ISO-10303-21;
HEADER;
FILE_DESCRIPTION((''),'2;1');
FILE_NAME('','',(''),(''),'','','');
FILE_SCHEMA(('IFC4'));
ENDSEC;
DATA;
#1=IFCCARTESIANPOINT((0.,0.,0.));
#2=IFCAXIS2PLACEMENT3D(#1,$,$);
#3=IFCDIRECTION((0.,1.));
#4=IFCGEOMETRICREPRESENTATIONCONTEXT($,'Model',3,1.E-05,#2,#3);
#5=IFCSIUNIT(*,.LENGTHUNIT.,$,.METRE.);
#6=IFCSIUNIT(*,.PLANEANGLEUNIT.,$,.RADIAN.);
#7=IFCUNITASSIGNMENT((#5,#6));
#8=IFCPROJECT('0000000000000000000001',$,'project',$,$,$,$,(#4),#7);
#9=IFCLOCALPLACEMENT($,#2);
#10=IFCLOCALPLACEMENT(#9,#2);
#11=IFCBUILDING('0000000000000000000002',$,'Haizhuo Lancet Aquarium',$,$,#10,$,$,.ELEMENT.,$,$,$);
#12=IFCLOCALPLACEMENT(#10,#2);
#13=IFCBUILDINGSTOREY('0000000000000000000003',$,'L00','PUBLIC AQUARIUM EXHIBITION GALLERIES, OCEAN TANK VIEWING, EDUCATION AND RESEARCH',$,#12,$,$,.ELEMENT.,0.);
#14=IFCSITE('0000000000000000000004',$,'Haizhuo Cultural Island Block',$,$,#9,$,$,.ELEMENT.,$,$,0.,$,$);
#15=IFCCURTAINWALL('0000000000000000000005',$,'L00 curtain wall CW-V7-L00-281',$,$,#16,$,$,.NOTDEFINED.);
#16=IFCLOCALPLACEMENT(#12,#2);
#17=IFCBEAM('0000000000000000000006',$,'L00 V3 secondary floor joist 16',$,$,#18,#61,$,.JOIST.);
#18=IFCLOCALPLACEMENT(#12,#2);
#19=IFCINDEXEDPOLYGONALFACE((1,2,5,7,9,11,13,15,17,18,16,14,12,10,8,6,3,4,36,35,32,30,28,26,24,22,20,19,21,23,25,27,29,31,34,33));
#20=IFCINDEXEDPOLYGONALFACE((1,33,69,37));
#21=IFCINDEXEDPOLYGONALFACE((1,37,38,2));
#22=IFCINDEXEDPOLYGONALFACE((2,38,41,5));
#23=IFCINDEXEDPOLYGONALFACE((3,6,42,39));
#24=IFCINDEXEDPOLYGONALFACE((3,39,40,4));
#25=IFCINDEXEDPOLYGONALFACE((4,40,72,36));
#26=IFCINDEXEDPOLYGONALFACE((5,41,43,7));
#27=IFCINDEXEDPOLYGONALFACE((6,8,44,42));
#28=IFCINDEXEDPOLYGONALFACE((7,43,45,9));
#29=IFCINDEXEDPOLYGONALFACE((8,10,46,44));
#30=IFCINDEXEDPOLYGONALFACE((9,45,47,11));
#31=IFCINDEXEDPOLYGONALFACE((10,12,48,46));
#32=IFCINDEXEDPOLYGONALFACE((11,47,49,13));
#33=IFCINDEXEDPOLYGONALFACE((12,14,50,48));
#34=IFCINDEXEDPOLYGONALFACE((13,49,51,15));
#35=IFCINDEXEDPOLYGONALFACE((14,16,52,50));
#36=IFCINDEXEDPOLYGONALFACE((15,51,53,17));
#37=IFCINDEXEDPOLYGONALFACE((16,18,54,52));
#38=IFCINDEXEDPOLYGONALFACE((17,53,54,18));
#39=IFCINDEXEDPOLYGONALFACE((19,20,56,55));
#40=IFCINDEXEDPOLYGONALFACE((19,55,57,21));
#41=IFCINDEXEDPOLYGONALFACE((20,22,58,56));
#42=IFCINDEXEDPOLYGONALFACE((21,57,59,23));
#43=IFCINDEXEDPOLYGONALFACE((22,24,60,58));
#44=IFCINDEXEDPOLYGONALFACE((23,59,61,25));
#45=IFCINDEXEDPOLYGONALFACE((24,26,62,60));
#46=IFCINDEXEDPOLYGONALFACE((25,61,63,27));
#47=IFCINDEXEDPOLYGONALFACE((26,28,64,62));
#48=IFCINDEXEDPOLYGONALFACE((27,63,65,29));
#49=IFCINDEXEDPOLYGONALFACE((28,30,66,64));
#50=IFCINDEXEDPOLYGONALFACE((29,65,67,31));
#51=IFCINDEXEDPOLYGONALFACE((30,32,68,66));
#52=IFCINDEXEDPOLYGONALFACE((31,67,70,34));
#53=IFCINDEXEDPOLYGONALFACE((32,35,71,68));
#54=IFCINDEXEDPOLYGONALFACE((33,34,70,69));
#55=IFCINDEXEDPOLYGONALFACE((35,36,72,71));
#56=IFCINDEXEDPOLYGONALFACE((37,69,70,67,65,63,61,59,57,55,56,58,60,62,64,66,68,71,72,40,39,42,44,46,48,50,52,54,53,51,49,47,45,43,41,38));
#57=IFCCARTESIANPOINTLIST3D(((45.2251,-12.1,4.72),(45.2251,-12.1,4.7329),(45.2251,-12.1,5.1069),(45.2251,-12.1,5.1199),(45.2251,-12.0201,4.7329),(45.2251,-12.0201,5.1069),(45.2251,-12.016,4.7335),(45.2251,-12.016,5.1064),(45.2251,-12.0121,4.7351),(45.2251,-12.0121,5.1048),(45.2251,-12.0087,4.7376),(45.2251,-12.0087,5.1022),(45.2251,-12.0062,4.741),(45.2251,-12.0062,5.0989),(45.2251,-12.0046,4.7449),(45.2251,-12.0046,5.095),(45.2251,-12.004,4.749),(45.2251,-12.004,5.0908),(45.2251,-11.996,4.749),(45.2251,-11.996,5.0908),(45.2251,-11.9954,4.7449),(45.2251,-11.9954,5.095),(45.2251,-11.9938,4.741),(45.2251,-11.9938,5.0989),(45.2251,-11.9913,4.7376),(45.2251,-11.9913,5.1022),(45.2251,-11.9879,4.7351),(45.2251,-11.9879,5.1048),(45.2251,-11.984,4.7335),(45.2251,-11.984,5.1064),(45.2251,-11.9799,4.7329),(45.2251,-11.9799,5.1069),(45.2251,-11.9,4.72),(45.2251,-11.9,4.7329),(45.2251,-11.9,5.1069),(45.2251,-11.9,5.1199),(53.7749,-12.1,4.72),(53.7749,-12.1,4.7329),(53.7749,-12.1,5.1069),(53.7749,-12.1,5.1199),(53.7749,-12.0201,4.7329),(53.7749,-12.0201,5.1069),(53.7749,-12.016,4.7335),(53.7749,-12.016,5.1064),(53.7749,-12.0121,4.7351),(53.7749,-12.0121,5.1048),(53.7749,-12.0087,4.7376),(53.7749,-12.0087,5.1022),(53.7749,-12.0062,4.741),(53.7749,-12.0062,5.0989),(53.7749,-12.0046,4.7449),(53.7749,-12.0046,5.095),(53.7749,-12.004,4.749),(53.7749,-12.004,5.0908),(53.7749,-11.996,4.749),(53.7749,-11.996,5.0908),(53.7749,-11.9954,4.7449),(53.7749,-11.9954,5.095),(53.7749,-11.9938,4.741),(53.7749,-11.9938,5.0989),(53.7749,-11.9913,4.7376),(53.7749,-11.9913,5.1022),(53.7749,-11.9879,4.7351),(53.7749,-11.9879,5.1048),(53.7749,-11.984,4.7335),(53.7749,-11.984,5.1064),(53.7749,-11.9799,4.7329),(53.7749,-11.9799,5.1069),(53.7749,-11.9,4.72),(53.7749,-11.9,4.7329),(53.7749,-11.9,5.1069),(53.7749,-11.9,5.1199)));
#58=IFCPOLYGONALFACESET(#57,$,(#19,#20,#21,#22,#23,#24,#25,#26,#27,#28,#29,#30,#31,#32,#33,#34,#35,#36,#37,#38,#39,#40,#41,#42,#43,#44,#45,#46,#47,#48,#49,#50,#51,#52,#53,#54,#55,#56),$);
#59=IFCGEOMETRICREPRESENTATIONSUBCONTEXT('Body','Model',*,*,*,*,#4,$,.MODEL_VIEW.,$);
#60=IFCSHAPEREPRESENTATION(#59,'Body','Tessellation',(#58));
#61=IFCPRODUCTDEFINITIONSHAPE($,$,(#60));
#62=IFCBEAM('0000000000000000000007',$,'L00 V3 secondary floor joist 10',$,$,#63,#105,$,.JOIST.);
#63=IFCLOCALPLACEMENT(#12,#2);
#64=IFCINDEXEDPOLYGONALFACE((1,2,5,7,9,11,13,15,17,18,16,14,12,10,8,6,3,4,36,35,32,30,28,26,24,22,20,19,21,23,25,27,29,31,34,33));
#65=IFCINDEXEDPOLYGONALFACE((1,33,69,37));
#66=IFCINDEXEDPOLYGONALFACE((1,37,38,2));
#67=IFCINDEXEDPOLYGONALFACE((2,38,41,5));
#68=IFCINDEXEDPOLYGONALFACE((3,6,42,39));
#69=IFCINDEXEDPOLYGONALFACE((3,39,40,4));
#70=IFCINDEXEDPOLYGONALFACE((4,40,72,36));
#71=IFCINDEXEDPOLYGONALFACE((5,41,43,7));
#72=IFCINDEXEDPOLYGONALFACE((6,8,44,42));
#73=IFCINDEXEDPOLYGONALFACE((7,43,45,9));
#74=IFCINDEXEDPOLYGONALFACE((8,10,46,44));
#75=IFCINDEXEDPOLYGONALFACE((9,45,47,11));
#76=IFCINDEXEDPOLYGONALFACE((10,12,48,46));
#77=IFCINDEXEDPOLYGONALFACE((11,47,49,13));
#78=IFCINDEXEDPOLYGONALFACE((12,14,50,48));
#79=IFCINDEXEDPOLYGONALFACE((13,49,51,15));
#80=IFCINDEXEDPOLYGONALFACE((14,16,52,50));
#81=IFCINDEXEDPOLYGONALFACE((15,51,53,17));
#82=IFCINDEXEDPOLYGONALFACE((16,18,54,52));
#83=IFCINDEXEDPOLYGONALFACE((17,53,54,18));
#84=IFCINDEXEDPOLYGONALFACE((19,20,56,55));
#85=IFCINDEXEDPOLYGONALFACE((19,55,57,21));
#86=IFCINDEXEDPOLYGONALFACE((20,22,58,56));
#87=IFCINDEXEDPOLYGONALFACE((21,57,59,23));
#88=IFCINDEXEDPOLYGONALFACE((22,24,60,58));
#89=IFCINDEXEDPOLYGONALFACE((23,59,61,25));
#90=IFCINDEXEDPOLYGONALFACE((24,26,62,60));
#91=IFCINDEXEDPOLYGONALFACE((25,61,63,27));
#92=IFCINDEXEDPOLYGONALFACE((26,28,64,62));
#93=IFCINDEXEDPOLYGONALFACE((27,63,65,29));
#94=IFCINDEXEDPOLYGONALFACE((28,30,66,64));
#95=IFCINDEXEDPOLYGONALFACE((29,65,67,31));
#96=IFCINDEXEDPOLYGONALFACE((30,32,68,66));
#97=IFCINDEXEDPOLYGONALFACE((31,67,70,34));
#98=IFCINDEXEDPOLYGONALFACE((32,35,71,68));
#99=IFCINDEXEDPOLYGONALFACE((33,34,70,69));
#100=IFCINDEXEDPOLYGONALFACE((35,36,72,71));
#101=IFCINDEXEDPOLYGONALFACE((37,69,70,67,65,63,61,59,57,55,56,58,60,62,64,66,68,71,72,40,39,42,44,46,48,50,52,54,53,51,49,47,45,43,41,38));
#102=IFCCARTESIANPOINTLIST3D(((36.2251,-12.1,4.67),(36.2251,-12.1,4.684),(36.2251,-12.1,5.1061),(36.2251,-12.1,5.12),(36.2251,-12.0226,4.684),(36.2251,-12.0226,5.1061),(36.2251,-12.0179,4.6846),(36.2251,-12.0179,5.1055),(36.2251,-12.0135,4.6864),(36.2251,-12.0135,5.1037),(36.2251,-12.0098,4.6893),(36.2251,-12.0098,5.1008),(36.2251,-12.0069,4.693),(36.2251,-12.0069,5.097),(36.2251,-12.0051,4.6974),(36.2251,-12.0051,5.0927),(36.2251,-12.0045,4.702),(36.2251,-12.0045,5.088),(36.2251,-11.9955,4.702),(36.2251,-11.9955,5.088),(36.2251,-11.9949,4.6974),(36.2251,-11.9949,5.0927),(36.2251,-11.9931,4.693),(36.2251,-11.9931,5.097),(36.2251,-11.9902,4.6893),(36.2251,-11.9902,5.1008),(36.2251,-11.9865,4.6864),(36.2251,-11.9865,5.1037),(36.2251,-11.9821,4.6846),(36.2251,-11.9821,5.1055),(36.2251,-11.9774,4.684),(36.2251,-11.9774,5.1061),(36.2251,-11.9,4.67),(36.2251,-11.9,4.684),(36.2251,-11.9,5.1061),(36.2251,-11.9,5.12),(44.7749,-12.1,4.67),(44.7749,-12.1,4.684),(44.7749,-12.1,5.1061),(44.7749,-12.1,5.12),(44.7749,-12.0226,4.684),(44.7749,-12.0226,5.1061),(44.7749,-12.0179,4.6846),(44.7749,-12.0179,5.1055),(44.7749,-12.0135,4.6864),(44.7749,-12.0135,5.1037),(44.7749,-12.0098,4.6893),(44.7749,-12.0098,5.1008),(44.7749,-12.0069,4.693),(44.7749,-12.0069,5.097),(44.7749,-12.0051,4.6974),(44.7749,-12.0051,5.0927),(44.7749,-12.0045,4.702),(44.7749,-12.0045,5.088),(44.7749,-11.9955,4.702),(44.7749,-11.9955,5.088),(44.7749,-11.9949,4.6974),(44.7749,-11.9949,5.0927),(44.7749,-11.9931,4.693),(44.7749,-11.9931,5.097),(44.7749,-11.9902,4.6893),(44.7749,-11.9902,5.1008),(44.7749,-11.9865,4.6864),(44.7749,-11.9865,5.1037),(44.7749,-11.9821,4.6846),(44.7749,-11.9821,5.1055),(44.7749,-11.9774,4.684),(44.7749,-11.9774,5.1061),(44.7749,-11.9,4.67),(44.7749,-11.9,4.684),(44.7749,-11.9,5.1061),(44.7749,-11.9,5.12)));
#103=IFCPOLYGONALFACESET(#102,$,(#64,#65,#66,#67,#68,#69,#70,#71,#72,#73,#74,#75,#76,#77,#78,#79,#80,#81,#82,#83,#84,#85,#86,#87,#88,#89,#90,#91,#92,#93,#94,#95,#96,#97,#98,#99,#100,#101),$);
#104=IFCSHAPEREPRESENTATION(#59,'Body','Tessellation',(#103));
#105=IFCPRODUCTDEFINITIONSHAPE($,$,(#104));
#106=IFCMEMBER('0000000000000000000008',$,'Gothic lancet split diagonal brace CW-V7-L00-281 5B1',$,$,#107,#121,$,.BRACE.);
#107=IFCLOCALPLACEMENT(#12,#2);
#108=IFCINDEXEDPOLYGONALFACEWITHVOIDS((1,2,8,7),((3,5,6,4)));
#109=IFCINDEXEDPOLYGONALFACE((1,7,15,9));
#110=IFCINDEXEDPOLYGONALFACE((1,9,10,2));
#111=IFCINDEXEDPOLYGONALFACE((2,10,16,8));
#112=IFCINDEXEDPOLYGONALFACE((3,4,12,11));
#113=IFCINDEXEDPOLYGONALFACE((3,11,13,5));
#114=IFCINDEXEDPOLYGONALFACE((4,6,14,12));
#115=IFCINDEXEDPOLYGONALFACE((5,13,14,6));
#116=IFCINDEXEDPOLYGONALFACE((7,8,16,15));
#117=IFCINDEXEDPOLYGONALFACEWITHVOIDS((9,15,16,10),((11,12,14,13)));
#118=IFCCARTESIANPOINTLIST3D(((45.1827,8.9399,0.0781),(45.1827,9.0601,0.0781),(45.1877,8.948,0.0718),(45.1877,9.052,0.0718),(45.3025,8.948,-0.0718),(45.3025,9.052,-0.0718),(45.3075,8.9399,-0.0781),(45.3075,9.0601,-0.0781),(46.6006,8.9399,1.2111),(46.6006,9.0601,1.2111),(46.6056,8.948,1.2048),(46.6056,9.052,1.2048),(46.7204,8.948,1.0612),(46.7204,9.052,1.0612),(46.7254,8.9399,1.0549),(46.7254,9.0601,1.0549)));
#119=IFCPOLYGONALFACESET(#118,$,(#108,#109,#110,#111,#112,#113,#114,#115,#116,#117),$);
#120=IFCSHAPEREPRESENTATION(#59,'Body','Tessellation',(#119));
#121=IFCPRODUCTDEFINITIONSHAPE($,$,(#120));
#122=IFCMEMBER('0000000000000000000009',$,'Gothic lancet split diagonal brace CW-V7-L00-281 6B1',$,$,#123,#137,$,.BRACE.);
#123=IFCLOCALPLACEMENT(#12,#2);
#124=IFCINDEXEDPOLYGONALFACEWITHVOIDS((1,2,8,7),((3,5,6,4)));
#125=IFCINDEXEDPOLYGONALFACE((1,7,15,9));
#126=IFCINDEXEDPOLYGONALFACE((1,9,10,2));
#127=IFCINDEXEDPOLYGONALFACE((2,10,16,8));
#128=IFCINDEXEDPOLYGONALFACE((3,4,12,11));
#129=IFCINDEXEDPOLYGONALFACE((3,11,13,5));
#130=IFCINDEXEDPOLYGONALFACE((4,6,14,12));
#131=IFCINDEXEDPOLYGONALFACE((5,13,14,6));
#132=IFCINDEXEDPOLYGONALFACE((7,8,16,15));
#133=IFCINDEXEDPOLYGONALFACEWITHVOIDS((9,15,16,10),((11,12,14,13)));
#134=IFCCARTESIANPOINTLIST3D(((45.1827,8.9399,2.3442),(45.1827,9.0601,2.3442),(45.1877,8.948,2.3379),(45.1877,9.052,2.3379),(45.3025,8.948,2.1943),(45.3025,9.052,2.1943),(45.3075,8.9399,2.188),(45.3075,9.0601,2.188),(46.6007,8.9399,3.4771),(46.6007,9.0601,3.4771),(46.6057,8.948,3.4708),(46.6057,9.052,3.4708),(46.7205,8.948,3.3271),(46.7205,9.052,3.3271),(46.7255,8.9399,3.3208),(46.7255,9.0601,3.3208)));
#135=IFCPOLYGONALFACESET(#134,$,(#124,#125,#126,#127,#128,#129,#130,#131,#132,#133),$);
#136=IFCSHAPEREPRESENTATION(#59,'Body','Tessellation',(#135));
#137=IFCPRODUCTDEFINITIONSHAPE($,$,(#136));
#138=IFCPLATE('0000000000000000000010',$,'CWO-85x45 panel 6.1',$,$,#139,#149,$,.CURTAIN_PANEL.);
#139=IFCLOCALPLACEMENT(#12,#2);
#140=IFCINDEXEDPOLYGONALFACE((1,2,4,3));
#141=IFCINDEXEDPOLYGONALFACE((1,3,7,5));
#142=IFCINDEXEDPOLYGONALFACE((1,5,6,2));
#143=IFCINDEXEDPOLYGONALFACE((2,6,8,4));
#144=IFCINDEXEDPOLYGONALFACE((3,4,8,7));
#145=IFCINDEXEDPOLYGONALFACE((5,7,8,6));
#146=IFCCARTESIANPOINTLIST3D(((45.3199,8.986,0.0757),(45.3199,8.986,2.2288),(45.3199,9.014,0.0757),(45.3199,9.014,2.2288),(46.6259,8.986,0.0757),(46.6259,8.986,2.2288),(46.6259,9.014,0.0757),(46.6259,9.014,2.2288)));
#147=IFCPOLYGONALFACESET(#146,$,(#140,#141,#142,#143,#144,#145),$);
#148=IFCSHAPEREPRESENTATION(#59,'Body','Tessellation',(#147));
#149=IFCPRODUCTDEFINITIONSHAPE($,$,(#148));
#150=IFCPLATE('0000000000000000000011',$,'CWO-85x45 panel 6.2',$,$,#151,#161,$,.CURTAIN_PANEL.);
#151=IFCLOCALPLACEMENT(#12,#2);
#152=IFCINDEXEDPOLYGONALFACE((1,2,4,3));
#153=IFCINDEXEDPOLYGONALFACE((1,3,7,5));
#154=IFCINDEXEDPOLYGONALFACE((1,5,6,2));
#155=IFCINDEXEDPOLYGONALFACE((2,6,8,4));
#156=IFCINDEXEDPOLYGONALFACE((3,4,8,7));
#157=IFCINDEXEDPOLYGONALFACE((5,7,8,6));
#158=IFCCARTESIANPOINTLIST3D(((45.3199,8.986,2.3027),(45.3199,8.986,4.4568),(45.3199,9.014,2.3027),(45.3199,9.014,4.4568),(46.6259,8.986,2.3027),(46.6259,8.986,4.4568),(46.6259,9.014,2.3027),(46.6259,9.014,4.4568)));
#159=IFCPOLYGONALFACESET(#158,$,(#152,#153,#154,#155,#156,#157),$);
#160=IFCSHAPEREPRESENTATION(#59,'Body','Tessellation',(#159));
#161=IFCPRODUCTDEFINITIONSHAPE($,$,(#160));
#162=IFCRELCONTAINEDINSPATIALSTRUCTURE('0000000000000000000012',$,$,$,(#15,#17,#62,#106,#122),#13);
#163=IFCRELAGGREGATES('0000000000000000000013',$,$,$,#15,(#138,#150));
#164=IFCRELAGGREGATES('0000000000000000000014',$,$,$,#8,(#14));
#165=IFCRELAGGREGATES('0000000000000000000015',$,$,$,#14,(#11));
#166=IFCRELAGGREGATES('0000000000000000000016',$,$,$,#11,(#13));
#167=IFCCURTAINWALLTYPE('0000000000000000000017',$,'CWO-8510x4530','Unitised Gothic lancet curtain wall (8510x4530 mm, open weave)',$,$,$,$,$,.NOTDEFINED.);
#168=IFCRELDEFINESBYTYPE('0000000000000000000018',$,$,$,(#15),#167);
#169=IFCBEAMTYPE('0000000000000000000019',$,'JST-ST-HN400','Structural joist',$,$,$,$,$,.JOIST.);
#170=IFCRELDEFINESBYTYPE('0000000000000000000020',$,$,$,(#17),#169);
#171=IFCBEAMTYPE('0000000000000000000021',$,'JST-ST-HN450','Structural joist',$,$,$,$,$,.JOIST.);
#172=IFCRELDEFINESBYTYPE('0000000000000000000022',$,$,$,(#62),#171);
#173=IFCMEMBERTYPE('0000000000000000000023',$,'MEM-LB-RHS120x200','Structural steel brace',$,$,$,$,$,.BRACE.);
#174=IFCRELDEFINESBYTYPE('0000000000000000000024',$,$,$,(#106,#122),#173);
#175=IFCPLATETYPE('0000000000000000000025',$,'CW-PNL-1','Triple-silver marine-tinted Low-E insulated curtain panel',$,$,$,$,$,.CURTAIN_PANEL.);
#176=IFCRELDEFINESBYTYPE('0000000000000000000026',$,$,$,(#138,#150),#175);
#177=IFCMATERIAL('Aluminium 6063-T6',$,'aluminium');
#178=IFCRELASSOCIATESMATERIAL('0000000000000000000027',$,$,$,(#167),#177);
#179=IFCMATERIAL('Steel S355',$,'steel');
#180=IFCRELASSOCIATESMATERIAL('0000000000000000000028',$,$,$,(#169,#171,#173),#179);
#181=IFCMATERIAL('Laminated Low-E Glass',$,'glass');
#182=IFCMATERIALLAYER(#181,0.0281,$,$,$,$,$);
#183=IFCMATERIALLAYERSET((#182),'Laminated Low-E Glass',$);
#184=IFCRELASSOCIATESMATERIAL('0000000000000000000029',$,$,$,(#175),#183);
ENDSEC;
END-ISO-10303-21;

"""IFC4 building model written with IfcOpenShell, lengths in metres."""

from ifc_helpers import new_model, si_unit, direction, frame, origin, origin_2d, place, context, subcontext, project, spatial, rectangle, hollow_rectangle, i_section, extrude, material, layer, layer_set, material_profile, profile_set, type_object, element, aggregate, save


model = new_model("IFC4")

# Units and contexts
model_context = context("Model", 3, precision=1e-05, world=origin(), true_north=direction((0.0, 1.0)))
body_context = subcontext(model_context, "Body", "Model", "MODEL_VIEW")
ifc_project = project(units=[si_unit("LENGTHUNIT", "METRE"), si_unit("PLANEANGLEUNIT", "RADIAN")], contexts=[model_context])

# Site, building, storey
site_placement = place(None, origin())
site = spatial("IfcSite", under=ifc_project, at=site_placement, Name="Haizhuo Cultural Island Block", CompositionType="ELEMENT", RefElevation=0.0)
building_placement = place(site_placement, origin())
building = spatial("IfcBuilding", under=site, at=building_placement, Name="Haizhuo Lancet Aquarium", CompositionType="ELEMENT")
storey_placement = place(building_placement, origin())
storey = spatial("IfcBuildingStorey", under=building, at=storey_placement, Name="L00", Description="PUBLIC AQUARIUM EXHIBITION GALLERIES, OCEAN TANK VIEWING, EDUCATION AND RESEARCH", CompositionType="ELEMENT", Elevation=0.0)

# Shared definitions
ifc_material_1 = material(Name="Steel S355", Category="steel")

# Curtain wall
ifc_material_2 = material(Name="Aluminium 6063-T6", Category="aluminium")
curtain_wall_type = type_object("IfcCurtainWallType", Name="CWO-8510x4530", Description="Unitised Gothic lancet curtain wall (8510x4530 mm, open weave)", PredefinedType="NOTDEFINED", material=ifc_material_2)
curtain_wall_placement = place(storey_placement, origin())
curtain_wall = element("IfcCurtainWall", 1, at=curtain_wall_placement, inside=storey, type_object=curtain_wall_type, Name="L00 curtain wall CW-V7-L00-281", PredefinedType="NOTDEFINED")

# Beams
ifc_material_profile_1 = material_profile(ifc_material_1, i_section(OverallWidth=0.2, OverallDepth=0.3999, WebThickness=0.0081, FlangeThickness=0.0129, FilletRadius=0.0161, at=origin_2d()), Name="HN 400x200x8x13")
ifc_profile_set_1 = profile_set([ifc_material_profile_1], Name="Steel S355")
beam_type_1 = type_object("IfcBeamType", Name="JST-ST-HN400", Description="Structural joist", PredefinedType="JOIST", material=ifc_profile_set_1)
beam_1_placement = place(storey_placement, frame((45.2251, -12.0, 4.9199), z_axis=(1.0, 0.0, 0.0), x_axis=(0.0, 1.0, 0.0)))
element("IfcBeam", 2, at=beam_1_placement, inside=storey, type_object=beam_type_1, Name="L00 V3 secondary floor joist 16", PredefinedType="JOIST", context=body_context, shape_type="SweptSolid", body=[
    extrude(i_section(OverallWidth=0.2, OverallDepth=0.3999, WebThickness=0.0081, FlangeThickness=0.0129, FilletRadius=0.0161, at=origin_2d()), origin(), (0.0, 0.0, 1.0), 8.5498),
])
ifc_material_profile_2 = material_profile(ifc_material_1, i_section(OverallWidth=0.2, OverallDepth=0.45, WebThickness=0.009, FlangeThickness=0.0139, FilletRadius=0.0181, at=origin_2d()), Name="HN 450x200x9x14")
ifc_profile_set_2 = profile_set([ifc_material_profile_2], Name="Steel S355")
beam_type_2 = type_object("IfcBeamType", Name="JST-ST-HN450", Description="Structural joist", PredefinedType="JOIST", material=ifc_profile_set_2)
beam_2_placement = place(storey_placement, frame((36.2251, -12.0, 4.895), z_axis=(1.0, 0.0, 0.0), x_axis=(0.0, 1.0, 0.0)))
element("IfcBeam", 3, at=beam_2_placement, inside=storey, type_object=beam_type_2, Name="L00 V3 secondary floor joist 10", PredefinedType="JOIST", context=body_context, shape_type="SweptSolid", body=[
    extrude(i_section(OverallWidth=0.2, OverallDepth=0.45, WebThickness=0.009, FlangeThickness=0.0139, FilletRadius=0.0181, at=origin_2d()), origin(), (0.0, 0.0, 1.0), 8.5498),
])

# Members
ifc_material_profile_3 = material_profile(ifc_material_1, hollow_rectangle(XDim=0.1201, YDim=0.2, WallThickness=0.0081, at=origin_2d()), Name="RHS 120x200x8")
ifc_profile_set_3 = profile_set([ifc_material_profile_3], Name="Steel S355")
member_type_1 = type_object("IfcMemberType", Name="MEM-LB-RHS120x200", Description="Structural steel brace", PredefinedType="BRACE", material=ifc_profile_set_3)
for number, where, z_axis, x_axis, name in (
    (4, (45.2451, 9.0, 0.0), (0.781223, 0.0, 0.624252), (0.0, 1.0, 0.0), "Gothic lancet split diagonal brace CW-V7-L00-281 5B1"),
    (5, (45.2451, 9.0, 2.2661), (0.781289, 0.0, 0.62417), (0.0, 1.0, 0.0), "Gothic lancet split diagonal brace CW-V7-L00-281 6B1"),
):
    element("IfcMember", number, at=place(storey_placement, frame(where, z_axis=z_axis, x_axis=x_axis)), inside=storey, type_object=member_type_1, Name=name, PredefinedType="BRACE", context=body_context, shape_type="SweptSolid", body=[
        extrude(hollow_rectangle(XDim=0.1201, YDim=0.2, WallThickness=0.0081, at=origin_2d()), origin(), (0.0, 0.0, 1.0), 1.8149),
    ])

# Plates
ifc_material_3 = material(Name="Laminated Low-E Glass", Category="glass")
ifc_layer_1 = layer(ifc_material_3, 0.0281)
ifc_layer_set_1 = layer_set([ifc_layer_1], Name="Laminated Low-E Glass")
plate_type = type_object("IfcPlateType", Name="CW-PNL-1", Description="Triple-silver marine-tinted Low-E insulated curtain panel", PredefinedType="CURTAIN_PANEL", material=ifc_layer_set_1)
plate_1_placement = place(storey_placement, frame((45.9729, 9.0, 0.0757), z_axis=(0.0, 0.0, 1.0), x_axis=(-1.0, 0.0, 0.0)))
plate_1 = element("IfcPlate", 6, at=plate_1_placement, type_object=plate_type, Name="CWO-85x45 panel 6.1", PredefinedType="CURTAIN_PANEL", context=body_context, shape_type="SweptSolid", body=[
    extrude(rectangle(XDim=1.3059, YDim=0.0281, at=origin_2d()), origin(), (0.0, 0.0, 1.0), 2.1531),
])
plate_2_placement = place(storey_placement, frame((45.9729, 9.0, 2.3027), z_axis=(0.0, 0.0, 1.0), x_axis=(-1.0, 0.0, 0.0)))
plate_2 = element("IfcPlate", 7, at=plate_2_placement, type_object=plate_type, Name="CWO-85x45 panel 6.2", PredefinedType="CURTAIN_PANEL", context=body_context, shape_type="SweptSolid", body=[
    extrude(rectangle(XDim=1.3059, YDim=0.0281, at=origin_2d()), origin(), (0.0, 0.0, 1.0), 2.1541),
])
aggregate(curtain_wall, [plate_1, plate_2])

save(model, "model.ifc")
